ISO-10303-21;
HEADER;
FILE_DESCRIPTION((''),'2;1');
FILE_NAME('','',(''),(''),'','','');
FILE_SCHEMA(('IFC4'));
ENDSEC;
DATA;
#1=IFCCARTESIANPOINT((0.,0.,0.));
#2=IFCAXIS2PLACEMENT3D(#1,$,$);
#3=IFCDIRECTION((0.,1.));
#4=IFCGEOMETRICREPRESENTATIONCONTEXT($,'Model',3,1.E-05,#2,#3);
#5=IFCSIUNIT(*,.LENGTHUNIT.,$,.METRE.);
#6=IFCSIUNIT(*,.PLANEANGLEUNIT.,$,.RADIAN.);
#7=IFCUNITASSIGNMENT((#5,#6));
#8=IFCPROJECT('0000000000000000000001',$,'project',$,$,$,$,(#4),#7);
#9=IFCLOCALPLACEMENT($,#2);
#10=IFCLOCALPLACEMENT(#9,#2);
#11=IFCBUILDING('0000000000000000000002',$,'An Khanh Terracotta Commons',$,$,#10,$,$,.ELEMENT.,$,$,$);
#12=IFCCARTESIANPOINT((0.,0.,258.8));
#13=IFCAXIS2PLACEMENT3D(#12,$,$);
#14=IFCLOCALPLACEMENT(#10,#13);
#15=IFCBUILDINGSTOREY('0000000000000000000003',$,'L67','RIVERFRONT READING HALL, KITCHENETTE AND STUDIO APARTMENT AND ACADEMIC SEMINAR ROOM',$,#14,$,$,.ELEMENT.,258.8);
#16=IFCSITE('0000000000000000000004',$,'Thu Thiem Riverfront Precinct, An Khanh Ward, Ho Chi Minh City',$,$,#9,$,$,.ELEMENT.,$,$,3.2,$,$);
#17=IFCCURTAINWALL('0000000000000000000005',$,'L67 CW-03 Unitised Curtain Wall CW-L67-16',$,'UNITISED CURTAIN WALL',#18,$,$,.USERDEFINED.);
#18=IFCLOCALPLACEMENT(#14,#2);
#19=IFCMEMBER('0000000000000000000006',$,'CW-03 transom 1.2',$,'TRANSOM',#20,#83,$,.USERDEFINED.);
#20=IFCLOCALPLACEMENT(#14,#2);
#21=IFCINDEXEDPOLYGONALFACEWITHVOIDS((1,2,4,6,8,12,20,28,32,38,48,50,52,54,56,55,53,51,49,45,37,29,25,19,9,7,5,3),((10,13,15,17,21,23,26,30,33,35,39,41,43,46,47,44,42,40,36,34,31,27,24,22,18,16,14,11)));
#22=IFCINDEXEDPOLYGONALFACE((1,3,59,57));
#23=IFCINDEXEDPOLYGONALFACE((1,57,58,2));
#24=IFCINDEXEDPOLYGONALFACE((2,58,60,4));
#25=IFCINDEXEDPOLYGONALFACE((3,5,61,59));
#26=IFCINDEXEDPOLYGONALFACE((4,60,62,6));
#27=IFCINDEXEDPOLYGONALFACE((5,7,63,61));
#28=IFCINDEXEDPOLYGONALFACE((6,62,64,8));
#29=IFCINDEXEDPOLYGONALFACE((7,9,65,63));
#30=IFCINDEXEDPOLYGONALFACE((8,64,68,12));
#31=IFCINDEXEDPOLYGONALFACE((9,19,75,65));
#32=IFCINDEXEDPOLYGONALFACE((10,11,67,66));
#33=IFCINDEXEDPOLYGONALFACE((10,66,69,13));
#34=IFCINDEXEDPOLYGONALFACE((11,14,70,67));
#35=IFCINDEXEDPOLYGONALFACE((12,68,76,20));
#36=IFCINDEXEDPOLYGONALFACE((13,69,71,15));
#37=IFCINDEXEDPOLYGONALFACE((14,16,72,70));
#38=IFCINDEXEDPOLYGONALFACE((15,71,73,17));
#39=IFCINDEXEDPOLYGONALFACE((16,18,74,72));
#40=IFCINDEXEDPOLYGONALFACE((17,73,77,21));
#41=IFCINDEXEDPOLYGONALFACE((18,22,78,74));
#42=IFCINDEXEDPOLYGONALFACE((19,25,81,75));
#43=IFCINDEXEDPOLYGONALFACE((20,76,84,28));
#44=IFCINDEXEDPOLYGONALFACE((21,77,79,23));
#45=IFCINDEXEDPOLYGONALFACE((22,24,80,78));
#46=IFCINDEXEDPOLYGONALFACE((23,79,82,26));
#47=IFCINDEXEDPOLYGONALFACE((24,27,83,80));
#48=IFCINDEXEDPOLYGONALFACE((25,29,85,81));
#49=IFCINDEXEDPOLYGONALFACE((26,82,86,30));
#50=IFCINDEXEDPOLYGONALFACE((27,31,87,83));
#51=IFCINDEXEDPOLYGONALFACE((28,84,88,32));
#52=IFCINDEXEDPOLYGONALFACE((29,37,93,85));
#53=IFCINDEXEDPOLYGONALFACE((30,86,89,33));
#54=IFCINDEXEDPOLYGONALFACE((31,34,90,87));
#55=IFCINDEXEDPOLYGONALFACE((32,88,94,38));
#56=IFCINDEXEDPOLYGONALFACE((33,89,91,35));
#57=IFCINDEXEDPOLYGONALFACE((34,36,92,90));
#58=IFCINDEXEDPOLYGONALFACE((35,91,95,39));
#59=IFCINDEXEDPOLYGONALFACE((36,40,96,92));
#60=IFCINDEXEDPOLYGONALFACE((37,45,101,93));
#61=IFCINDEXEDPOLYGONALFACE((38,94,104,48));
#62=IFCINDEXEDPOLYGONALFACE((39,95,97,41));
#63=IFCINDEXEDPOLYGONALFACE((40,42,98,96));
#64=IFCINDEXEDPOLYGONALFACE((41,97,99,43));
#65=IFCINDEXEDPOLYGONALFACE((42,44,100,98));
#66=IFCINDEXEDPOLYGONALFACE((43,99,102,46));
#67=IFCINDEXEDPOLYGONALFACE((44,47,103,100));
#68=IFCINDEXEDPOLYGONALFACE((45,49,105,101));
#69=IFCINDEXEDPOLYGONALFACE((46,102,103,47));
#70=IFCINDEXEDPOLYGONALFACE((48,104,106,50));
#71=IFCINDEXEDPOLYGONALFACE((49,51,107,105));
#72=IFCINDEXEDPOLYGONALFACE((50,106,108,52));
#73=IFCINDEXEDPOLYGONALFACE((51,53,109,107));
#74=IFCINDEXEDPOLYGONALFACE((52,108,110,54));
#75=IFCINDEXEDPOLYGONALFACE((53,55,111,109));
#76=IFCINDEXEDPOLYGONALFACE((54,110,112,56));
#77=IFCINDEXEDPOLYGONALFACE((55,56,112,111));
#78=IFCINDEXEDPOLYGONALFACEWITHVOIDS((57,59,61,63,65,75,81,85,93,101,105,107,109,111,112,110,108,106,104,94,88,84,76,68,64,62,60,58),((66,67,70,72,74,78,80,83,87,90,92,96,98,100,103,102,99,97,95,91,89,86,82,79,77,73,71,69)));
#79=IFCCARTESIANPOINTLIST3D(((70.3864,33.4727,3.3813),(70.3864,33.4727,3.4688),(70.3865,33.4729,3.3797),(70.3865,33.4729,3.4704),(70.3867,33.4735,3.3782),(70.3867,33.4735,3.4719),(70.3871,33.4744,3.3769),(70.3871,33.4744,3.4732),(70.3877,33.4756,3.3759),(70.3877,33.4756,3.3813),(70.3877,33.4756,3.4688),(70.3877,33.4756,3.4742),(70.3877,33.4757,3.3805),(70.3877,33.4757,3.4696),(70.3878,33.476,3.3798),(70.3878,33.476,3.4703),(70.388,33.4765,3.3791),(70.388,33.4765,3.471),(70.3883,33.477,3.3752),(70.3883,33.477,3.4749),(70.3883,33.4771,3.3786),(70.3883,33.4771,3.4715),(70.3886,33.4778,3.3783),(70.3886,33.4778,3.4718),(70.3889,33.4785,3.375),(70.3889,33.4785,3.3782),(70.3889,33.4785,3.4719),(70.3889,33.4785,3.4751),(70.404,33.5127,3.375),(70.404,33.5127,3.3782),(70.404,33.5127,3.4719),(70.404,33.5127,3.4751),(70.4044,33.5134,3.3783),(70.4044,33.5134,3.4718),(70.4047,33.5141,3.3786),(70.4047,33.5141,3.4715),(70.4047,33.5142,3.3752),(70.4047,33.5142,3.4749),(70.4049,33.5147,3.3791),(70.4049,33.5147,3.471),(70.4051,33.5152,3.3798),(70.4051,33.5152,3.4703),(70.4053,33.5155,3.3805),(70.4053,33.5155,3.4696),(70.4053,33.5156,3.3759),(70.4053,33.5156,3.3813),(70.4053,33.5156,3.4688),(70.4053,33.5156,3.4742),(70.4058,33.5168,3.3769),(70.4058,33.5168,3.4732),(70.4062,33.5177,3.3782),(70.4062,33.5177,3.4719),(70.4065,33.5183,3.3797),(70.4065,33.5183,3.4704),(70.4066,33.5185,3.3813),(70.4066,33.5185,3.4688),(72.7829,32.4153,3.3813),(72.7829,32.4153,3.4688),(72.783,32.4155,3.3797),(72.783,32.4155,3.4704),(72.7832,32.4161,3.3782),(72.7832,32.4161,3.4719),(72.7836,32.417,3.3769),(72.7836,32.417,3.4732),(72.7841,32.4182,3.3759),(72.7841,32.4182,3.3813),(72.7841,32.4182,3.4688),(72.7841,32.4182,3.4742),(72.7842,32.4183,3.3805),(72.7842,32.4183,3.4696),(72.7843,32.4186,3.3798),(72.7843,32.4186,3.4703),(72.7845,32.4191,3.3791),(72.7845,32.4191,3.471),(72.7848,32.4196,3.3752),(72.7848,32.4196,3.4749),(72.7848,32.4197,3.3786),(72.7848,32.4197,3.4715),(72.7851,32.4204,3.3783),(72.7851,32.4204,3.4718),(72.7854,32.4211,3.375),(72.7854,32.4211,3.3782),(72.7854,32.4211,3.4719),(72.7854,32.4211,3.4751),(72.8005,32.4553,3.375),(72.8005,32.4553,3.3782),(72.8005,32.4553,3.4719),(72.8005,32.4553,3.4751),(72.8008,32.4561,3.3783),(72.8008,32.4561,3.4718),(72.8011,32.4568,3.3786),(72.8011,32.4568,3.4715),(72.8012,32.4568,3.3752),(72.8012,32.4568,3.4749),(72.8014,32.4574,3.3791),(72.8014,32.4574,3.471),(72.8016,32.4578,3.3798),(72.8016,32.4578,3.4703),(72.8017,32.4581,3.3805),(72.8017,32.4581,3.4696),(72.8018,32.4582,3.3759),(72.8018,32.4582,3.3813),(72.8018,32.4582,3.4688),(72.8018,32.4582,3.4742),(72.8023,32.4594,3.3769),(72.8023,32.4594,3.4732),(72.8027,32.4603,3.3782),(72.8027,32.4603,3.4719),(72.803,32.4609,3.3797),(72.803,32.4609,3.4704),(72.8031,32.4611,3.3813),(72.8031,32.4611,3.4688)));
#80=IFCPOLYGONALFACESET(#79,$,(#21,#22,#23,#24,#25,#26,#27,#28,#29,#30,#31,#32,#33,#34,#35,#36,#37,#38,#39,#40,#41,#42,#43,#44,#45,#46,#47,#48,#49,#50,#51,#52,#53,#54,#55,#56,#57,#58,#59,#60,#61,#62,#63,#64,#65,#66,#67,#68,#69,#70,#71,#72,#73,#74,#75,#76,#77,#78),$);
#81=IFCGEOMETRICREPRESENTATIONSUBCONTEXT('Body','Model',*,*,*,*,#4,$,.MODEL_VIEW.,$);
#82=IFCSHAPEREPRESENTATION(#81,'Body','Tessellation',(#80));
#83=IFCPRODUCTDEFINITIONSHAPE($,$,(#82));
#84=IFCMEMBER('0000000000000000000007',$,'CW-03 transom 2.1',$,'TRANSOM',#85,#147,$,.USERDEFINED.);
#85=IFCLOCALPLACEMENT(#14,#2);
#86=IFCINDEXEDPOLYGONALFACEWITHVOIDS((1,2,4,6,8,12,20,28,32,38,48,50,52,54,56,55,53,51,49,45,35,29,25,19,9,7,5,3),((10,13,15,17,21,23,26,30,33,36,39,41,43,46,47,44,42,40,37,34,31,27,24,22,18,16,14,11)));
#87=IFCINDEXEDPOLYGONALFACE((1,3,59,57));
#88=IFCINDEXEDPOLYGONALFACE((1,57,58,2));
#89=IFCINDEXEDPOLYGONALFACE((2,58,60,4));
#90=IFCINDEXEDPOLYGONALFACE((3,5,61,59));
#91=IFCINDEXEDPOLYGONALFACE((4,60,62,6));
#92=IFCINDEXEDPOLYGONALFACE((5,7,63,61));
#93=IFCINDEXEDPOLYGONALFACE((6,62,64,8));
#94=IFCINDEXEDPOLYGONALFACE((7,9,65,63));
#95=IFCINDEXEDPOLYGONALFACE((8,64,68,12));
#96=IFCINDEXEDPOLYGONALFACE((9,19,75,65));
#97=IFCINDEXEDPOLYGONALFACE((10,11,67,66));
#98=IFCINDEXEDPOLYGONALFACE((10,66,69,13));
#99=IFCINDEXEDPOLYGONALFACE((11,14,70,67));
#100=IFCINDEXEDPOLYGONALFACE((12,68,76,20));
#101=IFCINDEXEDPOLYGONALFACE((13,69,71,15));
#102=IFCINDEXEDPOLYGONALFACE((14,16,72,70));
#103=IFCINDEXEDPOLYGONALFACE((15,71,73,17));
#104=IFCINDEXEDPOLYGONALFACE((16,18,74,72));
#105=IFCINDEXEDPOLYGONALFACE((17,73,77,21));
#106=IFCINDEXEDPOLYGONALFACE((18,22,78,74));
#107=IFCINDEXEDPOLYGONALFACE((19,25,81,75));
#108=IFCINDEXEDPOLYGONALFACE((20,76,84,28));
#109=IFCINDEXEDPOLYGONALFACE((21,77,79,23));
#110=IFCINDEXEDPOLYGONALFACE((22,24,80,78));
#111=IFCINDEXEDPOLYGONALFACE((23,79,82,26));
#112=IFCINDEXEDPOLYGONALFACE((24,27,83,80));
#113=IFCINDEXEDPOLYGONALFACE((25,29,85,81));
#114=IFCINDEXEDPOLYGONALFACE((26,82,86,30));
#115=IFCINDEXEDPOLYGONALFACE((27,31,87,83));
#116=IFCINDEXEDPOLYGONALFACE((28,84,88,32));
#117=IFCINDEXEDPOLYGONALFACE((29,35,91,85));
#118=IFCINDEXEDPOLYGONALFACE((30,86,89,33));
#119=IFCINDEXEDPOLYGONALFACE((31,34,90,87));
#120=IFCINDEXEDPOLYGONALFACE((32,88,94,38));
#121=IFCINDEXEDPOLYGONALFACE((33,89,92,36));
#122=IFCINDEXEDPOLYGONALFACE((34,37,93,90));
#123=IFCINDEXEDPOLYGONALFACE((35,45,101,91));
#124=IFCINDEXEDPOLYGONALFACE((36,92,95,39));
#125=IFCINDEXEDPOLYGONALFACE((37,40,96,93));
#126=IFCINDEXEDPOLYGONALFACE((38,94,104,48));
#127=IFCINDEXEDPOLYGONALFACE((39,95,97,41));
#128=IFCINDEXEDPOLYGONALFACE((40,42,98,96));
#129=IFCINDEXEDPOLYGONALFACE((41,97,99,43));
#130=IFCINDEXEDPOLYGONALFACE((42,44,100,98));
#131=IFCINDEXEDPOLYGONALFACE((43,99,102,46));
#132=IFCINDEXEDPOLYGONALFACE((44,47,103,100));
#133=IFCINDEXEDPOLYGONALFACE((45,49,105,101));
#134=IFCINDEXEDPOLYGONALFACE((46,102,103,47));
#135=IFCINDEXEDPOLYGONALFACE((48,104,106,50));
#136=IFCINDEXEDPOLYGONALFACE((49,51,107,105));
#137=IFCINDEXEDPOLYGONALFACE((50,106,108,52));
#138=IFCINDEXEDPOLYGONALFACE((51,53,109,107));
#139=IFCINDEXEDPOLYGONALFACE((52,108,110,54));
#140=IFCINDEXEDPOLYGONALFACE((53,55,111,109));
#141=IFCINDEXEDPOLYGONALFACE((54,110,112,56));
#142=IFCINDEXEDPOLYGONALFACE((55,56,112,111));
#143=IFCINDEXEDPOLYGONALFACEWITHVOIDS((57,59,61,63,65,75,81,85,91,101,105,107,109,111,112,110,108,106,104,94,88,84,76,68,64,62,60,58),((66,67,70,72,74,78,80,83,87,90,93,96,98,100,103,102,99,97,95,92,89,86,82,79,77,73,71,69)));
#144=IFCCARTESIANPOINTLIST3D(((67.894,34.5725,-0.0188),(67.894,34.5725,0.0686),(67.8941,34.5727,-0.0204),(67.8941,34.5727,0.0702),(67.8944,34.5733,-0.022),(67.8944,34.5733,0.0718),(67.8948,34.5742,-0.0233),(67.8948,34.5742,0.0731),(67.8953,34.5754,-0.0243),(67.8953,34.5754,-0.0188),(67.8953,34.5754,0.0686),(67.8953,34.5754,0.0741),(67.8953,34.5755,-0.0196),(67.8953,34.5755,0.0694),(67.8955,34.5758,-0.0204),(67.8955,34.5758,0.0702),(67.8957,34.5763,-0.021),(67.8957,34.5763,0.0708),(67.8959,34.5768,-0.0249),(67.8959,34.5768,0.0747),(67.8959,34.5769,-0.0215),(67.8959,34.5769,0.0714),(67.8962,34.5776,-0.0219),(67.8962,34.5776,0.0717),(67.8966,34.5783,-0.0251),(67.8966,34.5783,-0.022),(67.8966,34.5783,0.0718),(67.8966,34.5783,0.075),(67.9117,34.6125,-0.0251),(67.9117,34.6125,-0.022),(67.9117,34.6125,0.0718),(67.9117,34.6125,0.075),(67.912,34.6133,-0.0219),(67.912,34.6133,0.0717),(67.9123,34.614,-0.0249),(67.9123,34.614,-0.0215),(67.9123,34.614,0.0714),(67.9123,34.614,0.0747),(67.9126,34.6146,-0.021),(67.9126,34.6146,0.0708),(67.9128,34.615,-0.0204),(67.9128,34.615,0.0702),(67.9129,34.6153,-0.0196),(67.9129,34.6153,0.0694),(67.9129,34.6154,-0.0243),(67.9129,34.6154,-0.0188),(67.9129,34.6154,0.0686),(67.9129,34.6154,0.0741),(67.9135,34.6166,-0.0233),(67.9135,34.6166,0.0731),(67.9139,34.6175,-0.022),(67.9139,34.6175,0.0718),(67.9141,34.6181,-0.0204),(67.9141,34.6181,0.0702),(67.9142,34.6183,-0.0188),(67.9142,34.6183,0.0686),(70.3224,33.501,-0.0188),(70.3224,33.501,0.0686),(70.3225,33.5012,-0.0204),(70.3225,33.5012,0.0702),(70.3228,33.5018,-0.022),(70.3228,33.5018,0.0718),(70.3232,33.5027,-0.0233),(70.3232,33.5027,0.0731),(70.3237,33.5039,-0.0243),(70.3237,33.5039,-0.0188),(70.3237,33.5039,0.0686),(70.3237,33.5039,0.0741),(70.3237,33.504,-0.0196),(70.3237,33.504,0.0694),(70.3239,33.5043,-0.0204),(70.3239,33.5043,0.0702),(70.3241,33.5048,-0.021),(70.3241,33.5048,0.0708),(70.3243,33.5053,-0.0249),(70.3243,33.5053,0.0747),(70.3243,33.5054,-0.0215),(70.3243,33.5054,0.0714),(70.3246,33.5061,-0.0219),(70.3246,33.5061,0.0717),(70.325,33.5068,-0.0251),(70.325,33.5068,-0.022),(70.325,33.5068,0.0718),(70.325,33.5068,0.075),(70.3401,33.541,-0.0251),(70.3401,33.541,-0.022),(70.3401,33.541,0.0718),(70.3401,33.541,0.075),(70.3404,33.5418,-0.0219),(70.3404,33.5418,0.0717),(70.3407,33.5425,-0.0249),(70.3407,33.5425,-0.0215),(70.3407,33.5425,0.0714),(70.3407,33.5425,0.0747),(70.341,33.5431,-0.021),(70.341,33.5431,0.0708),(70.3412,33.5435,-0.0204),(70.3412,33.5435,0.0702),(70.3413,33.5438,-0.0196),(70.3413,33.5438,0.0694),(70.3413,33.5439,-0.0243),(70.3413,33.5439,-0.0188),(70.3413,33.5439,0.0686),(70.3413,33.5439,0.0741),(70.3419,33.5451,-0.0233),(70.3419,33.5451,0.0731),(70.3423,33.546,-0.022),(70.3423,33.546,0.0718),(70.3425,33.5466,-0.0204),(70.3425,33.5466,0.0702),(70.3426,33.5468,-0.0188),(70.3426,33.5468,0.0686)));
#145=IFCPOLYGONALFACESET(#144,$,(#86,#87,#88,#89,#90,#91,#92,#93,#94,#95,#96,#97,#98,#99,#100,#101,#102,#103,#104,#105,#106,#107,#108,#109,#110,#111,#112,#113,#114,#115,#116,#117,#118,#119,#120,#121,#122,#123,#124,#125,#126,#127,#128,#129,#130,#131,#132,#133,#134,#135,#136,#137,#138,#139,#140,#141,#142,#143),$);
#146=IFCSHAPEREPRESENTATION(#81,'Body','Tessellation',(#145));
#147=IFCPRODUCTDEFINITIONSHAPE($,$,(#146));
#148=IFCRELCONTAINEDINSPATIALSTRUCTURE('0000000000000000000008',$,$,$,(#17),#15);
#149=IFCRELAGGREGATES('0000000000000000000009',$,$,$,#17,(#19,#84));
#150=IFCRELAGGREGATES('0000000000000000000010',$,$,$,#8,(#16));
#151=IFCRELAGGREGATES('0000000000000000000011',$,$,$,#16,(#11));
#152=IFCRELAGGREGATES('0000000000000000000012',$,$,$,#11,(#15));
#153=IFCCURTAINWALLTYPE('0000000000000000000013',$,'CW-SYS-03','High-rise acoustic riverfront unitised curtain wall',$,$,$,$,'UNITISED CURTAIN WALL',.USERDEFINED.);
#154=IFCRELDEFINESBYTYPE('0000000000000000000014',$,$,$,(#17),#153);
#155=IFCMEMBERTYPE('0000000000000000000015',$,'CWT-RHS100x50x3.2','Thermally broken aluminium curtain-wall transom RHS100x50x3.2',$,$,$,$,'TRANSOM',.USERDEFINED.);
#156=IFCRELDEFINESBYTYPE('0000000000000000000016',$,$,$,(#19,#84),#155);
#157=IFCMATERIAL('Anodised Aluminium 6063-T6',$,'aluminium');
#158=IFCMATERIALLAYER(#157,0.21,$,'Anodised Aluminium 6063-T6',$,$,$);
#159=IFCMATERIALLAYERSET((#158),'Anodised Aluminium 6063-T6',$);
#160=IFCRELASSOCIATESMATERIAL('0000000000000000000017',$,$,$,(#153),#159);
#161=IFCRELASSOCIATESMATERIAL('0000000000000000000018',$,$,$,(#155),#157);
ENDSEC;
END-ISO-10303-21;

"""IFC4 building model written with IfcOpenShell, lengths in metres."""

from ifc_helpers import new_model, si_unit, direction, frame, origin, origin_2d, place, context, subcontext, project, spatial, hollow_rectangle, extrude, material, layer, layer_set, material_profile, profile_set, type_object, element, aggregate, save


model = new_model("IFC4")

# Units and contexts
model_context = context("Model", 3, precision=1e-05, world=origin(), true_north=direction((0.0, 1.0)))
body_context = subcontext(model_context, "Body", "Model", "MODEL_VIEW")
ifc_project = project(units=[si_unit("LENGTHUNIT", "METRE"), si_unit("PLANEANGLEUNIT", "RADIAN")], contexts=[model_context])

# Site, building, storey
site_placement = place(None, origin())
site = spatial("IfcSite", under=ifc_project, at=site_placement, Name="Thu Thiem Riverfront Precinct, An Khanh Ward, Ho Chi Minh City", CompositionType="ELEMENT", RefElevation=3.2)
building_placement = place(site_placement, origin())
building = spatial("IfcBuilding", under=site, at=building_placement, Name="An Khanh Terracotta Commons", CompositionType="ELEMENT")
storey_placement = place(building_placement, frame((0.0, 0.0, 258.8)))
storey = spatial("IfcBuildingStorey", under=building, at=storey_placement, Name="L67", Description="RIVERFRONT READING HALL, KITCHENETTE AND STUDIO APARTMENT AND ACADEMIC SEMINAR ROOM", CompositionType="ELEMENT", Elevation=258.8)

# Curtain wall
ifc_material_1 = material(Name="Anodised Aluminium 6063-T6", Category="aluminium")
ifc_layer_1 = layer(ifc_material_1, 0.21, Name="Anodised Aluminium 6063-T6")
ifc_layer_set_1 = layer_set([ifc_layer_1], Name="Anodised Aluminium 6063-T6")
curtain_wall_type = type_object("IfcCurtainWallType", Name="CW-SYS-03", Description="High-rise acoustic riverfront unitised curtain wall", ElementType="UNITISED CURTAIN WALL", PredefinedType="USERDEFINED", material=ifc_layer_set_1)
curtain_wall_1_placement = place(storey_placement, origin())
curtain_wall_1 = element("IfcCurtainWall", 1, at=curtain_wall_1_placement, inside=storey, type_object=curtain_wall_type, Name="L67 CW-03 Unitised Curtain Wall CW-L67-16", ObjectType="UNITISED CURTAIN WALL", PredefinedType="USERDEFINED")

# Members
ifc_material_profile_1 = material_profile(ifc_material_1, hollow_rectangle(XDim=0.05, YDim=0.1001, WallThickness=0.0032, InnerFilletRadius=0.0032, OuterFilletRadius=0.0063, at=origin_2d()), Name="RHS100x50x3.2")
ifc_profile_set_1 = profile_set([ifc_material_profile_1], Name="Anodised Aluminium 6063-T6")
member_type_1 = type_object("IfcMemberType", Name="CWT-RHS100x50x3.2", Description="Thermally broken aluminium curtain-wall transom RHS100x50x3.2", ElementType="TRANSOM", PredefinedType="USERDEFINED", material=ifc_profile_set_1)
member_1_placement = place(storey_placement, frame((72.793, 32.4382, 3.425), z_axis=(-0.914904, 0.403672, 0.0), x_axis=(-0.403672, -0.914904, 0.0)))
member_1 = element("IfcMember", 2, at=member_1_placement, type_object=member_type_1, Name="CW-03 transom 1.2", ObjectType="TRANSOM", PredefinedType="USERDEFINED", context=body_context, shape_type="SweptSolid", body=[
    extrude(hollow_rectangle(XDim=0.05, YDim=0.1001, WallThickness=0.0032, InnerFilletRadius=0.0032, OuterFilletRadius=0.0063, at=origin_2d()), origin(), (0.0, 0.0, 1.0), 2.6194),
])
member_2_placement = place(storey_placement, frame((70.3325, 33.5239, 0.0249), z_axis=(-0.914897, 0.403688, 0.0), x_axis=(-0.403688, -0.914897, 0.0)))
member_2 = element("IfcMember", 3, at=member_2_placement, type_object=member_type_1, Name="CW-03 transom 2.1", ObjectType="TRANSOM", PredefinedType="USERDEFINED", context=body_context, shape_type="SweptSolid", body=[
    extrude(hollow_rectangle(XDim=0.05, YDim=0.1001, WallThickness=0.0032, InnerFilletRadius=0.0032, OuterFilletRadius=0.0063, at=origin_2d()), origin(), (0.0, 0.0, 1.0), 2.6543),
])

aggregate(curtain_wall_1, [member_1, member_2])

save(model, "model.ifc")
